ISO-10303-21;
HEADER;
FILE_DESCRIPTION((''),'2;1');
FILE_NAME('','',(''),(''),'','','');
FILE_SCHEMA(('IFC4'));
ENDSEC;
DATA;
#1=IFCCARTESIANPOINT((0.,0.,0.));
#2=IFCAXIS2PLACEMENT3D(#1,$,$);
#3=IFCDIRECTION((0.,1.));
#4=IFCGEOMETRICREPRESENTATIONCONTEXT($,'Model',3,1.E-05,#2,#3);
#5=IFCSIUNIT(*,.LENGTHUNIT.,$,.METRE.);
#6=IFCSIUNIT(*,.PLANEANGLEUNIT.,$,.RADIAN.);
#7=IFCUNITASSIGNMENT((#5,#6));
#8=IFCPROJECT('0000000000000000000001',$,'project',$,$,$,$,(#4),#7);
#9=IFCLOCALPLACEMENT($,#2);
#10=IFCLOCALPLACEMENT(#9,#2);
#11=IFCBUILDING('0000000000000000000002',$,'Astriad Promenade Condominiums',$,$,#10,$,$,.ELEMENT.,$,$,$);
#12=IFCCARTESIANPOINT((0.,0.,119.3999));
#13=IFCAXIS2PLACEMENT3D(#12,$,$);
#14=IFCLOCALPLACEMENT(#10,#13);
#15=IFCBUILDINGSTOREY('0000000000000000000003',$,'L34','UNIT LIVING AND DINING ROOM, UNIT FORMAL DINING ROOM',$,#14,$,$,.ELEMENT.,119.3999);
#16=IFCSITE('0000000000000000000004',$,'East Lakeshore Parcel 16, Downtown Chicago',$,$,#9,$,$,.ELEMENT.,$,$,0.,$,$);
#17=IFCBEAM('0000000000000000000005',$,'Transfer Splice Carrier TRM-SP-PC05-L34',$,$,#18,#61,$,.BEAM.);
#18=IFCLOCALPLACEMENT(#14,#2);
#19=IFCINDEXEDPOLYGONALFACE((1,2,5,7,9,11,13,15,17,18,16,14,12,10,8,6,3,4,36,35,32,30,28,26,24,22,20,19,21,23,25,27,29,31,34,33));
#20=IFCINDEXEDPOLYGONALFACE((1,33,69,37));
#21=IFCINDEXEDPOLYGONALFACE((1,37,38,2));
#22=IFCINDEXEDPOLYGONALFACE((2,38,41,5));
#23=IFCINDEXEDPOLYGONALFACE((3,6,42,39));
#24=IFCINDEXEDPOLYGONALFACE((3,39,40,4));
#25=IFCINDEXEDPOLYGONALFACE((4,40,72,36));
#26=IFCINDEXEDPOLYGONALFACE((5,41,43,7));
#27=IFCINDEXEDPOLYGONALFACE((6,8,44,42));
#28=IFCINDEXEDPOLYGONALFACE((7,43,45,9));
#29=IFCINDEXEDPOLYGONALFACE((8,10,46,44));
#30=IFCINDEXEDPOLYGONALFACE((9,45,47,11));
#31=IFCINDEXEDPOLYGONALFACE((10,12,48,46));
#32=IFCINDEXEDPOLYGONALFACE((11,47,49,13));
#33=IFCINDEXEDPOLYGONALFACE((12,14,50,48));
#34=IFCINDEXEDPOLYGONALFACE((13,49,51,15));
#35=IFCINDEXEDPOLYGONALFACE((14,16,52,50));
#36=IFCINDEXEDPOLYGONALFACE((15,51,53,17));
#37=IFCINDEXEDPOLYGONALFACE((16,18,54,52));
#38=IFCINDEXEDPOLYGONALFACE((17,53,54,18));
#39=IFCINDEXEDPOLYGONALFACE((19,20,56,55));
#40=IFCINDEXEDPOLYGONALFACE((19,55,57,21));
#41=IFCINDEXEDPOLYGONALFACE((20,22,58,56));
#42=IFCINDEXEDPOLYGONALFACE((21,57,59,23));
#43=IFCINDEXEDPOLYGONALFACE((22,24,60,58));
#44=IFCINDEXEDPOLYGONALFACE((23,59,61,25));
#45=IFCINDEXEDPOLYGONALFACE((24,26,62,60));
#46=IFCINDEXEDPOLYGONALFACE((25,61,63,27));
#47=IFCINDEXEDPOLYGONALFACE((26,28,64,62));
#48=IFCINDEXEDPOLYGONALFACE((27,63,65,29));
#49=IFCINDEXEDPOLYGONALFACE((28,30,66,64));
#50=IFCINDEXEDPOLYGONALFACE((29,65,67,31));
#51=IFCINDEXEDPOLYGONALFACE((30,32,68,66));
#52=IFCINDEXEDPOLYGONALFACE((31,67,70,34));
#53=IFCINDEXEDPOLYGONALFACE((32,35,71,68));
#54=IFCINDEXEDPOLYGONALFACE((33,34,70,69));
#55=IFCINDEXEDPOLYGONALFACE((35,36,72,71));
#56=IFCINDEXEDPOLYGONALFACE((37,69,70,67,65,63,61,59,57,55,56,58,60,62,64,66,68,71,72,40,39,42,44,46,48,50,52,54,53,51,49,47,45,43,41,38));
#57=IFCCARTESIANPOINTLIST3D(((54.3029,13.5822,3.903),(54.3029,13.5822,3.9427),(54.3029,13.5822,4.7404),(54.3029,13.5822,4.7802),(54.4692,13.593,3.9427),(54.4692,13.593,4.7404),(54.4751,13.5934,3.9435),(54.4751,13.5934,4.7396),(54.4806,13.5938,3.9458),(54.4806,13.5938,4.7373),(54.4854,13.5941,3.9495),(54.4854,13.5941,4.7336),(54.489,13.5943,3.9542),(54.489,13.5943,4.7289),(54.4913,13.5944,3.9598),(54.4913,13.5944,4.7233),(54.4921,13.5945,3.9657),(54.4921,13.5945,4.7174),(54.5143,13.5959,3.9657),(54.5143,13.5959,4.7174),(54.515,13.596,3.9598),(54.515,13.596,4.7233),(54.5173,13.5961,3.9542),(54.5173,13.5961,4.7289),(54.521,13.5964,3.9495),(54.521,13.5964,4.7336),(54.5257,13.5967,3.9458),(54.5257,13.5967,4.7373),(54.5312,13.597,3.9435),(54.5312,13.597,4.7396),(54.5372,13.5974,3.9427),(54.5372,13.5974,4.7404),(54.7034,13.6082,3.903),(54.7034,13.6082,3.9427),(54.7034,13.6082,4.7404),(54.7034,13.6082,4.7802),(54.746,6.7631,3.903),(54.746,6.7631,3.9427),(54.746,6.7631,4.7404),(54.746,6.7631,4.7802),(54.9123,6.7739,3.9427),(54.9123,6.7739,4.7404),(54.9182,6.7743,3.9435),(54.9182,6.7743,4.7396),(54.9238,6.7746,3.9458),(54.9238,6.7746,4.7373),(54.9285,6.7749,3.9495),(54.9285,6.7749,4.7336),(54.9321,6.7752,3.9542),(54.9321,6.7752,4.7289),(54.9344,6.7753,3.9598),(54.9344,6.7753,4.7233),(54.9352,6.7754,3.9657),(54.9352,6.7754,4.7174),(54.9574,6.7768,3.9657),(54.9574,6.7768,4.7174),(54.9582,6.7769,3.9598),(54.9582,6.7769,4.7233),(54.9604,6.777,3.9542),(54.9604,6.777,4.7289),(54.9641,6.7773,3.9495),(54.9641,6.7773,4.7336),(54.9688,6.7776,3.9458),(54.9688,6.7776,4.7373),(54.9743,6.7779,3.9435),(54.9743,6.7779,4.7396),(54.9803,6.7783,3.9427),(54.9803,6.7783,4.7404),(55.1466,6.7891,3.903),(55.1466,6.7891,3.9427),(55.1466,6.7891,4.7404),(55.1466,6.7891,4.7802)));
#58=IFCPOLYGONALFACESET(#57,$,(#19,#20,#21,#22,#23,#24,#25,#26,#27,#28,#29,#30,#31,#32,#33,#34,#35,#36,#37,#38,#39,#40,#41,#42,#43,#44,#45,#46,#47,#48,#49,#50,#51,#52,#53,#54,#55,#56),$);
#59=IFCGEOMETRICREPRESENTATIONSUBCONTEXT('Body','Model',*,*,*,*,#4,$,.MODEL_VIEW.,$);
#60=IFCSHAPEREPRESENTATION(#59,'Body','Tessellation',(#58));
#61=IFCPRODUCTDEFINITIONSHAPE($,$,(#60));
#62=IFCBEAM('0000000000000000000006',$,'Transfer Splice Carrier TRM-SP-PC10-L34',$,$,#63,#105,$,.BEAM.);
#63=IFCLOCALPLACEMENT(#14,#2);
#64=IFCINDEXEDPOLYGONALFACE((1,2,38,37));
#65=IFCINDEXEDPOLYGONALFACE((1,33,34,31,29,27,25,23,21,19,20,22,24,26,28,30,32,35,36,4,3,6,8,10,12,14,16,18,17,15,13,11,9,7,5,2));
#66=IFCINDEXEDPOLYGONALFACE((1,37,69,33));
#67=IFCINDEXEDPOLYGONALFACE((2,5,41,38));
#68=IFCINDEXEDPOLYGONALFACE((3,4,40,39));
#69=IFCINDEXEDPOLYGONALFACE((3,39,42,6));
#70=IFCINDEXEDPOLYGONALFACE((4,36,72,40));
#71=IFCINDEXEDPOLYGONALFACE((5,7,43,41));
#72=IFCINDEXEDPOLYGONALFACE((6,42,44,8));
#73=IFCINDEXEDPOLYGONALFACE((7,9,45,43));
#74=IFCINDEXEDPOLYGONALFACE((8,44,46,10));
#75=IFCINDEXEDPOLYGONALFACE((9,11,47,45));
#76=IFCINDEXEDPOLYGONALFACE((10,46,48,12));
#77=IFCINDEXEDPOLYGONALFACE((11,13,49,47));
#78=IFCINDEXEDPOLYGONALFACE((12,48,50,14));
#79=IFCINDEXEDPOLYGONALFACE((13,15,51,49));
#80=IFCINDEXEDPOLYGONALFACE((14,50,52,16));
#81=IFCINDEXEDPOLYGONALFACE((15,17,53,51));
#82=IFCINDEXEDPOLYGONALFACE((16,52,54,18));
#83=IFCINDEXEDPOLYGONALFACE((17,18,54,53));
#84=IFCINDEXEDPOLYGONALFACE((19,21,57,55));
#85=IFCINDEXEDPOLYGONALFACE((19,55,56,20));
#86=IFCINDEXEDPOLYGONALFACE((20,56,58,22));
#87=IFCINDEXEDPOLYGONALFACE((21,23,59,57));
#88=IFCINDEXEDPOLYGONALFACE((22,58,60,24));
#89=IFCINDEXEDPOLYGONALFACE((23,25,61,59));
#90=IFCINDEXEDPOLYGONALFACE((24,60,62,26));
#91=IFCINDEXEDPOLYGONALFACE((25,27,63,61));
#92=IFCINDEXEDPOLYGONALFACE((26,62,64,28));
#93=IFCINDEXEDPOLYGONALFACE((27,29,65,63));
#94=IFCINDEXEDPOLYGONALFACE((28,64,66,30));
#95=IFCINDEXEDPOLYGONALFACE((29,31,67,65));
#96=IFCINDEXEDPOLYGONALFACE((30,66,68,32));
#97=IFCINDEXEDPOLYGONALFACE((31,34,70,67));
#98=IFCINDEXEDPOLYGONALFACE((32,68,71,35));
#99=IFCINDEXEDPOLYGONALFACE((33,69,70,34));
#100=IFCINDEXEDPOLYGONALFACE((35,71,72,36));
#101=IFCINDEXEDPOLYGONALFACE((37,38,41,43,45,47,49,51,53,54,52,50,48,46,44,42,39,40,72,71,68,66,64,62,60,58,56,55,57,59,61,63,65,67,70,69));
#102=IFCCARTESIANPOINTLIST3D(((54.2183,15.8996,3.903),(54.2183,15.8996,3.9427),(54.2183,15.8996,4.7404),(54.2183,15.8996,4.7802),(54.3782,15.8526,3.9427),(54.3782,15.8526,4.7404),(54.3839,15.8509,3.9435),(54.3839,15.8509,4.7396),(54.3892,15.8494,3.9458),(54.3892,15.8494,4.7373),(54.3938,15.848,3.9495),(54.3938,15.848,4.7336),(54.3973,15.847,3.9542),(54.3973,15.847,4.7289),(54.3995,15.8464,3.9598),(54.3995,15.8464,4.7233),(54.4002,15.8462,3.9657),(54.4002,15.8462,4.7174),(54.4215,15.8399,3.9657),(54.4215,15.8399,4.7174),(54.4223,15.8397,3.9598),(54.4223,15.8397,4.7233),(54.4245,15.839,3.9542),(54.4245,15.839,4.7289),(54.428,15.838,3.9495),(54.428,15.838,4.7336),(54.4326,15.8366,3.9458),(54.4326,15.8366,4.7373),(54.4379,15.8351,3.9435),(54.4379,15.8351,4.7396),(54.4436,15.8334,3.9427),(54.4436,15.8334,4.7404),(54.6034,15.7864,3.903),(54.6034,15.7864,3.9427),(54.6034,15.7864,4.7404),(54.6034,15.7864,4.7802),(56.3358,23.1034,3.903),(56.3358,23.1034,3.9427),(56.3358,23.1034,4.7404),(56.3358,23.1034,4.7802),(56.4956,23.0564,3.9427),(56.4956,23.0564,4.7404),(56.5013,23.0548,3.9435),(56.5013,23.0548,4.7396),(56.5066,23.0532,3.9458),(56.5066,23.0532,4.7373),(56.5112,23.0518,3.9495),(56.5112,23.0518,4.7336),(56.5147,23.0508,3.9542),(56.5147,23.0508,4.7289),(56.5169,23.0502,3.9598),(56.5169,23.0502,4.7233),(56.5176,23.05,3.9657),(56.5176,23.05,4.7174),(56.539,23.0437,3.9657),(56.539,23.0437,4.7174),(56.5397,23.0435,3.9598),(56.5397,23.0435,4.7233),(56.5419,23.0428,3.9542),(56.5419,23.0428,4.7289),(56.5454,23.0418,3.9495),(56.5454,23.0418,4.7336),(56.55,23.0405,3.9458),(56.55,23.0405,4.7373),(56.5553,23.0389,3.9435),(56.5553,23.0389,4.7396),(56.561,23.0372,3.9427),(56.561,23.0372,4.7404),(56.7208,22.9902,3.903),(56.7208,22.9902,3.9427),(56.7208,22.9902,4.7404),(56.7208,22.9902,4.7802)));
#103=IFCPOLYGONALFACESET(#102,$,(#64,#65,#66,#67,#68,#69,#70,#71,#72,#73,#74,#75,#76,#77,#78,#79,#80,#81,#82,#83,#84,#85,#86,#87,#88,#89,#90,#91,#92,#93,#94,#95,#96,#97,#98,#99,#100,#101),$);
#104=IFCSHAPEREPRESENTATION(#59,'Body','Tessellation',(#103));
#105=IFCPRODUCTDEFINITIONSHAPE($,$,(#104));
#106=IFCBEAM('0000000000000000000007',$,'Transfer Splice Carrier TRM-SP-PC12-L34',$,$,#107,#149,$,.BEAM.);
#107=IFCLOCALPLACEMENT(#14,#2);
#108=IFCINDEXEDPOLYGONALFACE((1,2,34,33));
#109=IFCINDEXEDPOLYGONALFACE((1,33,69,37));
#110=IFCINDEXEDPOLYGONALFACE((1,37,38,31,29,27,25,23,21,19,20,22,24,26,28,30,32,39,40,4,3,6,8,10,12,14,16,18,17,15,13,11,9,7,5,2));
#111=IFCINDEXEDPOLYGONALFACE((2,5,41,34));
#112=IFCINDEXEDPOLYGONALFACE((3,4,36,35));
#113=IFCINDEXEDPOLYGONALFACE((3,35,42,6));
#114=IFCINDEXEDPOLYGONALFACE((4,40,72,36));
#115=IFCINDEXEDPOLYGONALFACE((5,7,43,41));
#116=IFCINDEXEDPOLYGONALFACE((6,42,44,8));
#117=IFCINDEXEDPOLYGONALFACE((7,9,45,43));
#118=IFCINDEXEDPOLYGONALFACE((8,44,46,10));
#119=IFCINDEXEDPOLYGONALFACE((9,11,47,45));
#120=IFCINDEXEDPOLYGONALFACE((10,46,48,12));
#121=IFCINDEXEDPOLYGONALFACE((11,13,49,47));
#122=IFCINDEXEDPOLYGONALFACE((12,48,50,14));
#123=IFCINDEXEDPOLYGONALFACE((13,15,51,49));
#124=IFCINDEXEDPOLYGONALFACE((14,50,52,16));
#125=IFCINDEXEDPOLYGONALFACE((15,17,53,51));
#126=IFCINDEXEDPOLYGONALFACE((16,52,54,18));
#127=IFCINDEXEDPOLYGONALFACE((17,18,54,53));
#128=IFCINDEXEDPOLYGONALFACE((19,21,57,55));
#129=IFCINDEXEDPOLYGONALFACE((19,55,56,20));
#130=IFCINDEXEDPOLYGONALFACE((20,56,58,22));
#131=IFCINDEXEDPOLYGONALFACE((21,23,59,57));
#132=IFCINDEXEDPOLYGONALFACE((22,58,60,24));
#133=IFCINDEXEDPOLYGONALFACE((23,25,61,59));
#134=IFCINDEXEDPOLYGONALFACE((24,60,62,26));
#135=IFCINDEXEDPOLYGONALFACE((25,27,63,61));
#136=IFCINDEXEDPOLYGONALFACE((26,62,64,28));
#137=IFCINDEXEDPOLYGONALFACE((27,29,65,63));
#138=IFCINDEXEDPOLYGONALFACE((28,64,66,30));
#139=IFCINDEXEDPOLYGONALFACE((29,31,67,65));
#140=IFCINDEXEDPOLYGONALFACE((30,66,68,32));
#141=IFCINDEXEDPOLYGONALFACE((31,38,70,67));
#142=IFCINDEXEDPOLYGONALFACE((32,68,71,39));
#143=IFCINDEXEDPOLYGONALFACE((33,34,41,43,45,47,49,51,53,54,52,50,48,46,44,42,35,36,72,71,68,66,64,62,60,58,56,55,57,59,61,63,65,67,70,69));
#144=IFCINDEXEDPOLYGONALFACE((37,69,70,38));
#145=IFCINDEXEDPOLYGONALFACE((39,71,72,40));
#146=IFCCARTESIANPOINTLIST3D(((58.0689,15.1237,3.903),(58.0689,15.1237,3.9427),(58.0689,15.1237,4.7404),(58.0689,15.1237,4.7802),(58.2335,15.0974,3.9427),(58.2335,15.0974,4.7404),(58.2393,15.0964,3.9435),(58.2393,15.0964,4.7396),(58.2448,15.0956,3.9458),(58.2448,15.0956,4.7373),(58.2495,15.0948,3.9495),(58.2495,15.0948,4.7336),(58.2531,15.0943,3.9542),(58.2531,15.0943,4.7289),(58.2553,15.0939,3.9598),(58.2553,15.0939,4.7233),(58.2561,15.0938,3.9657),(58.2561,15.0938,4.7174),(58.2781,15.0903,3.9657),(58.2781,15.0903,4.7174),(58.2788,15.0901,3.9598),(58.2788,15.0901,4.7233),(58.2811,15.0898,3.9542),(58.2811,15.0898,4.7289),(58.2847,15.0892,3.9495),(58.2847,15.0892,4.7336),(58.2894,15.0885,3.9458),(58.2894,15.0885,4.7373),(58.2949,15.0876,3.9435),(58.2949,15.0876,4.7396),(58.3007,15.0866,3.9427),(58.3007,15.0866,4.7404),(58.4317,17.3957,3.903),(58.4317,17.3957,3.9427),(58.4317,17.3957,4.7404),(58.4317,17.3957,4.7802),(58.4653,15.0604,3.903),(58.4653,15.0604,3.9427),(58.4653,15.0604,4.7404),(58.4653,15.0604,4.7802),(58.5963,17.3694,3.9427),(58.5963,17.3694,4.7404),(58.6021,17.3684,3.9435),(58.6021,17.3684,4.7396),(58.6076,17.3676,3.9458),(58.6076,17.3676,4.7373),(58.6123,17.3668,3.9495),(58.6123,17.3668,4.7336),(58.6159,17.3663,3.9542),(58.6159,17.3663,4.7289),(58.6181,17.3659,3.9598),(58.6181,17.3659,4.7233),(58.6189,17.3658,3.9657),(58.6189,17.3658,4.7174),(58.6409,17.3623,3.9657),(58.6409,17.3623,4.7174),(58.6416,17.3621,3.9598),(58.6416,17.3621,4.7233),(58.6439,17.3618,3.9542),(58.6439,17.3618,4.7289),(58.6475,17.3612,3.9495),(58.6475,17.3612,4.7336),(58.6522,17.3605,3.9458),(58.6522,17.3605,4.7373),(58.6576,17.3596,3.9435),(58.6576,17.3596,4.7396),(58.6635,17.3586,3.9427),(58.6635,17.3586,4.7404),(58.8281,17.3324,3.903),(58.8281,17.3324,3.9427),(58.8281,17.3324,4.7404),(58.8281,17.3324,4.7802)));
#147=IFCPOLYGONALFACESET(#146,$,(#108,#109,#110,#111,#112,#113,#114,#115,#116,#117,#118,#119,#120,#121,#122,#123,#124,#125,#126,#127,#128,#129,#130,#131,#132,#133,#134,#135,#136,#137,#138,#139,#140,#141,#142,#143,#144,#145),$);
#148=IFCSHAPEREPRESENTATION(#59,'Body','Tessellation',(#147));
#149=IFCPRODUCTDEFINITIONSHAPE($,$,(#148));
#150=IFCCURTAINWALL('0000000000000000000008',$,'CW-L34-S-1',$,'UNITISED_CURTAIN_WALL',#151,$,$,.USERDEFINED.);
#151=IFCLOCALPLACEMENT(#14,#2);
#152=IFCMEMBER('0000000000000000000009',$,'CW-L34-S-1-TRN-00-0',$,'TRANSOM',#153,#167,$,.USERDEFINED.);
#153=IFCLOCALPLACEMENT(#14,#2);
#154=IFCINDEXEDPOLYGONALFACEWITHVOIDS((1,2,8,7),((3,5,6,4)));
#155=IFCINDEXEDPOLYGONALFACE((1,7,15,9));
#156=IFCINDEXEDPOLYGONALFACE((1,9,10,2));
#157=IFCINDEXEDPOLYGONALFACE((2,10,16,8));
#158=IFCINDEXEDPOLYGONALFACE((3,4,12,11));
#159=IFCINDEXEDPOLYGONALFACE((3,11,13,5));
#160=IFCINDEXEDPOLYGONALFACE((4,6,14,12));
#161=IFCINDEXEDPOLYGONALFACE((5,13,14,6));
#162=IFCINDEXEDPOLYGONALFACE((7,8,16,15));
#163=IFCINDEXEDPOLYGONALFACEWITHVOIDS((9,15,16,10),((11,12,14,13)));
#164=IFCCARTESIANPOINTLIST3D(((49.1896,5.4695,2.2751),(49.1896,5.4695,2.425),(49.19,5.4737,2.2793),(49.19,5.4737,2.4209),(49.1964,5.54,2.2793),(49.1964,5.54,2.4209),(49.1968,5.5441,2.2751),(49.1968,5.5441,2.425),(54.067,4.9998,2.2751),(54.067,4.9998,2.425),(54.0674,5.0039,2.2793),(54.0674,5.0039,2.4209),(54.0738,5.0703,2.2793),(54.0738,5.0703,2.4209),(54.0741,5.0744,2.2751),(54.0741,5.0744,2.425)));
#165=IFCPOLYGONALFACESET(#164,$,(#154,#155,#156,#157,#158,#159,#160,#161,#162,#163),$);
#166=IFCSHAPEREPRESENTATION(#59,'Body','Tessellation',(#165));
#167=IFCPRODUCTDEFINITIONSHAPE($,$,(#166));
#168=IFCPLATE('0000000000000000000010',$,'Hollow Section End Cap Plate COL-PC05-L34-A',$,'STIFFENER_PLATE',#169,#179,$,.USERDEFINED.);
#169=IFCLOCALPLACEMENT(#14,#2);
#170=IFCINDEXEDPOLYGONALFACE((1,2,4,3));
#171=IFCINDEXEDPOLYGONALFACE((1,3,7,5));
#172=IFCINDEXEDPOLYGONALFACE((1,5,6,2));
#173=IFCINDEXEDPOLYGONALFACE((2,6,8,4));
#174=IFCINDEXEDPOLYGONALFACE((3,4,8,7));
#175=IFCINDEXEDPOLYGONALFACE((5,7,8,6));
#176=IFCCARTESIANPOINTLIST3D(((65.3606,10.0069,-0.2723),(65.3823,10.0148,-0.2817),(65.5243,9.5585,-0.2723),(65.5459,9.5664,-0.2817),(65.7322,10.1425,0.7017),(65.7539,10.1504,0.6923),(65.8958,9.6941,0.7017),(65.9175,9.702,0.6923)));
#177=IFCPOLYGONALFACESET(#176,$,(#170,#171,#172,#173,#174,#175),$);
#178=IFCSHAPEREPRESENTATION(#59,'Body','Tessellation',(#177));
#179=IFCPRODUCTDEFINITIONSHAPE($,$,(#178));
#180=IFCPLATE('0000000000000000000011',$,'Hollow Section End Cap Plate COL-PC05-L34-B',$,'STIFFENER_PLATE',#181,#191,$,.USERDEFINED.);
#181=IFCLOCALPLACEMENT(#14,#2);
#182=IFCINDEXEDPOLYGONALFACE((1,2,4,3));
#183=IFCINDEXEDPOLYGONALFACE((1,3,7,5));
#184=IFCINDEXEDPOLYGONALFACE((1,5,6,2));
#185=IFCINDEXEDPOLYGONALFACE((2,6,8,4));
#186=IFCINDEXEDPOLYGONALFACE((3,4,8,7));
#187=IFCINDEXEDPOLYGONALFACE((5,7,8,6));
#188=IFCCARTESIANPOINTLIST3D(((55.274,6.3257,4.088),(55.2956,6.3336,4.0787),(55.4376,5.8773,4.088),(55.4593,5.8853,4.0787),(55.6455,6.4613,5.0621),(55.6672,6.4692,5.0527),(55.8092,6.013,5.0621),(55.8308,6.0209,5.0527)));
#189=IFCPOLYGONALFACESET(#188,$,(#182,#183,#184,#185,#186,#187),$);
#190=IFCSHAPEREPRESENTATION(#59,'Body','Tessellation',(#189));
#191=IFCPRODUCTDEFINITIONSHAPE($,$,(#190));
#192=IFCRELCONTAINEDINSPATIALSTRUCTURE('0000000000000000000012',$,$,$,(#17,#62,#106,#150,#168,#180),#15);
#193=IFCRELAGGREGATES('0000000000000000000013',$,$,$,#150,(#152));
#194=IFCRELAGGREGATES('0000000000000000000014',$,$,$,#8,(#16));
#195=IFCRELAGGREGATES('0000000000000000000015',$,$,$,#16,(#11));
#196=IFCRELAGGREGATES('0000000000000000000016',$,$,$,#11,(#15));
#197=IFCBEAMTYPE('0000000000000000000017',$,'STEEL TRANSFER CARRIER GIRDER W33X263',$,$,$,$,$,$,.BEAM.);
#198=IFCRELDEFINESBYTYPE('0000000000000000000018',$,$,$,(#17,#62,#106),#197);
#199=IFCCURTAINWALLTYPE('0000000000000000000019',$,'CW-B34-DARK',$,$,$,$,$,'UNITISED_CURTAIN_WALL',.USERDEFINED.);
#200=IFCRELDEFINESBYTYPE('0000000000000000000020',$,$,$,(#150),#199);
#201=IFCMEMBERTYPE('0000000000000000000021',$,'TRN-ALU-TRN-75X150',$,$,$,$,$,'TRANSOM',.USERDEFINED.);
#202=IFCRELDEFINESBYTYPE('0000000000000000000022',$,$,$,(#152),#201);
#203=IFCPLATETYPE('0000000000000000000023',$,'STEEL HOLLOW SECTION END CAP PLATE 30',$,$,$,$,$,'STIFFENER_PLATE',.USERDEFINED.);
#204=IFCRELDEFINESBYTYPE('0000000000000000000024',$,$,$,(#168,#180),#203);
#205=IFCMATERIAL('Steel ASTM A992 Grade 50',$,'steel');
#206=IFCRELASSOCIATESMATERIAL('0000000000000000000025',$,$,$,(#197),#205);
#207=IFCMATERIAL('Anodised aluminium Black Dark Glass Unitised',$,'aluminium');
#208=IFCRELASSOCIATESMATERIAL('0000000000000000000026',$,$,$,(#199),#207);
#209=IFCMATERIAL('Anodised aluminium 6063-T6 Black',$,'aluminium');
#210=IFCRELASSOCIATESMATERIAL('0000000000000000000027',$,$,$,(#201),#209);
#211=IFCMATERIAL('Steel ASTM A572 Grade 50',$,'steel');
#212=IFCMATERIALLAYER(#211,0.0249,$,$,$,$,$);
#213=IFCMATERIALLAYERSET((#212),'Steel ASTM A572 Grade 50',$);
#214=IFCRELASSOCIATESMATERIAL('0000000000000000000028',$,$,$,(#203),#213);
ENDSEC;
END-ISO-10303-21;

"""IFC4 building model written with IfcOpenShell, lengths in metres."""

from ifc_helpers import new_model, si_unit, direction, frame, origin, origin_2d, place, context, subcontext, project, spatial, rectangle, hollow_rectangle, i_section, extrude, source, transform, mapped, material, layer, layer_set, material_profile, profile_set, type_object, type_shapes, element, aggregate, save


model = new_model("IFC4")

# Units and contexts
model_context = context("Model", 3, precision=1e-05, world=origin(), true_north=direction((0.0, 1.0)))
body_context = subcontext(model_context, "Body", "Model", "MODEL_VIEW")
ifc_project = project(units=[si_unit("LENGTHUNIT", "METRE"), si_unit("PLANEANGLEUNIT", "RADIAN")], contexts=[model_context])

# Site, building, storey
site_placement = place(None, origin())
site = spatial("IfcSite", under=ifc_project, at=site_placement, Name="East Lakeshore Parcel 16, Downtown Chicago", CompositionType="ELEMENT", RefElevation=0.0)
building_placement = place(site_placement, origin())
building = spatial("IfcBuilding", under=site, at=building_placement, Name="Astriad Promenade Condominiums", CompositionType="ELEMENT")
storey_placement = place(building_placement, frame((0.0, 0.0, 119.3999)))
storey = spatial("IfcBuildingStorey", under=building, at=storey_placement, Name="L34", Description="UNIT LIVING AND DINING ROOM, UNIT FORMAL DINING ROOM", CompositionType="ELEMENT", Elevation=119.3999)

# Shared definitions
ifc_material_1 = material(Name="Steel ASTM A992 Grade 50", Category="steel")

# Beams
ifc_material_profile_1 = material_profile(ifc_material_1, i_section(OverallWidth=0.4014, OverallDepth=0.8772, WebThickness=0.0222, FlangeThickness=0.0398, FilletRadius=0.0229, at=origin_2d()), Name="W33X263")
ifc_profile_set_1 = profile_set([ifc_material_profile_1], Name="Steel ASTM A992 Grade 50")
beam_type_1 = type_object("IfcBeamType", Name="STEEL TRANSFER CARRIER GIRDER W33X263", PredefinedType="BEAM", material=ifc_profile_set_1)
shared_shape_1 = source(origin(), body_context, "Body", "SweptSolid", [
    extrude(i_section(OverallWidth=0.4014, OverallDepth=0.8772, WebThickness=0.0222, FlangeThickness=0.0398, FilletRadius=0.0229, at=origin_2d()), origin(), (0.0, 0.0, 1.0), 6.8335),
])
beam_1_placement = place(storey_placement, frame((54.5032, 13.5952, 4.3416), z_axis=(0.064845, -0.997895, 0.0), x_axis=(0.997895, 0.064845, 0.0)))
element("IfcBeam", 1, at=beam_1_placement, inside=storey, type_object=beam_type_1, Name="Transfer Splice Carrier TRM-SP-PC05-L34", PredefinedType="BEAM", context=body_context, shape_type="MappedRepresentation", body=[
    mapped(shared_shape_1, transform((0.0, 0.0, 0.0), scale=1.0)),
])
shared_shape_2 = source(origin(), body_context, "Body", "SweptSolid", [
    extrude(i_section(OverallWidth=0.4014, OverallDepth=0.8772, WebThickness=0.0222, FlangeThickness=0.0398, FilletRadius=0.0229, at=origin_2d()), origin(), (0.0, 0.0, 1.0), 7.5085),
])
beam_2_placement = place(storey_placement, frame((54.4109, 15.843, 4.3416), z_axis=(0.282001, 0.959414, 0.0), x_axis=(-0.959414, 0.282001, 0.0)))
element("IfcBeam", 2, at=beam_2_placement, inside=storey, type_object=beam_type_1, Name="Transfer Splice Carrier TRM-SP-PC10-L34", PredefinedType="BEAM", context=body_context, shape_type="MappedRepresentation", body=[
    mapped(shared_shape_2, transform((0.0, 0.0, 0.0), scale=1.0)),
])
shared_shape_3 = source(origin(), body_context, "Body", "SweptSolid", [
    extrude(i_section(OverallWidth=0.4014, OverallDepth=0.8772, WebThickness=0.0222, FlangeThickness=0.0398, FilletRadius=0.0229, at=origin_2d()), origin(), (0.0, 0.0, 1.0), 2.3008),
])
type_shapes(beam_type_1, [shared_shape_1, shared_shape_2, shared_shape_3])
beam_3_placement = place(storey_placement, frame((58.6299, 17.364, 4.3416), z_axis=(-0.157684, -0.98749, 0.0), x_axis=(0.98749, -0.157684, 0.0)))
element("IfcBeam", 3, at=beam_3_placement, inside=storey, type_object=beam_type_1, Name="Transfer Splice Carrier TRM-SP-PC12-L34", PredefinedType="BEAM", context=body_context, shape_type="MappedRepresentation", body=[
    mapped(shared_shape_3, transform((0.0, 0.0, 0.0), scale=1.0)),
])

# Curtain wall, member
ifc_material_2 = material(Name="Anodised aluminium Black Dark Glass Unitised", Category="aluminium")
curtain_wall_type = type_object("IfcCurtainWallType", Name="CW-B34-DARK", ElementType="UNITISED_CURTAIN_WALL", PredefinedType="USERDEFINED", material=ifc_material_2)
curtain_wall_placement = place(storey_placement, origin())
curtain_wall = element("IfcCurtainWall", 4, at=curtain_wall_placement, inside=storey, type_object=curtain_wall_type, Name="CW-L34-S-1", ObjectType="UNITISED_CURTAIN_WALL", PredefinedType="USERDEFINED")
ifc_material_3 = material(Name="Anodised aluminium 6063-T6 Black", Category="aluminium")
ifc_material_profile_2 = material_profile(ifc_material_3, hollow_rectangle(XDim=0.075, YDim=0.1499, WallThickness=0.0042, at=origin_2d()), Name="ALU-TRN-75X150")
ifc_profile_set_2 = profile_set([ifc_material_profile_2], Name="Anodised aluminium 6063-T6 Black")
member_type = type_object("IfcMemberType", Name="TRN-ALU-TRN-75X150", ElementType="TRANSOM", PredefinedType="USERDEFINED", material=ifc_profile_set_2)
shared_shape_4 = source(origin(), body_context, "Body", "SweptSolid", [
    extrude(hollow_rectangle(XDim=0.075, YDim=0.1499, WallThickness=0.0042, at=origin_2d()), origin(), (0.0, 0.0, 1.0), 4.8999),
])
type_shapes(member_type, [shared_shape_4])
member_placement = place(storey_placement, frame((54.0706, 5.0371, 2.3501), z_axis=(-0.995395, 0.095862, 0.0), x_axis=(-0.095862, -0.995395, 0.0)))
member = element("IfcMember", 5, at=member_placement, type_object=member_type, Name="CW-L34-S-1-TRN-00-0", ObjectType="TRANSOM", PredefinedType="USERDEFINED", context=body_context, shape_type="MappedRepresentation", body=[
    mapped(shared_shape_4, transform((0.0, 0.0, 0.0), scale=1.0)),
])
aggregate(curtain_wall, [member])

# Plates
ifc_material_4 = material(Name="Steel ASTM A572 Grade 50", Category="steel")
ifc_layer_1 = layer(ifc_material_4, 0.0249)
ifc_layer_set_1 = layer_set([ifc_layer_1], Name="Steel ASTM A572 Grade 50")
plate_type = type_object("IfcPlateType", Name="STEEL HOLLOW SECTION END CAP PLATE 30", ElementType="STIFFENER_PLATE", PredefinedType="USERDEFINED", material=ifc_layer_set_1)
shared_shape_5 = source(origin(), body_context, "Body", "SweptSolid", [
    extrude(rectangle(XDim=0.4773, YDim=1.0513, at=origin_2d()), origin(), (0.0, 0.0, 1.0), 0.0249),
])
type_shapes(plate_type, [shared_shape_5])
for number, where, z_axis, x_axis, name in (
    (6, (65.6499, 9.8584, 0.2053), (-0.870365, -0.317656, 0.376244), (0.342848, -0.939391, 0.0), "Hollow Section End Cap Plate COL-PC05-L34-A"),
    (7, (55.5632, 6.1772, 4.5657), (-0.870365, -0.317656, 0.376244), (0.342848, -0.939391, 0.0), "Hollow Section End Cap Plate COL-PC05-L34-B"),
):
    element("IfcPlate", number, at=place(storey_placement, frame(where, z_axis=z_axis, x_axis=x_axis)), inside=storey, type_object=plate_type, Name=name, ObjectType="STIFFENER_PLATE", PredefinedType="USERDEFINED", context=body_context, shape_type="MappedRepresentation", body=[
        mapped(shared_shape_5, transform((0.0, 0.0, 0.0), scale=1.0)),
    ])

save(model, "model.ifc")
